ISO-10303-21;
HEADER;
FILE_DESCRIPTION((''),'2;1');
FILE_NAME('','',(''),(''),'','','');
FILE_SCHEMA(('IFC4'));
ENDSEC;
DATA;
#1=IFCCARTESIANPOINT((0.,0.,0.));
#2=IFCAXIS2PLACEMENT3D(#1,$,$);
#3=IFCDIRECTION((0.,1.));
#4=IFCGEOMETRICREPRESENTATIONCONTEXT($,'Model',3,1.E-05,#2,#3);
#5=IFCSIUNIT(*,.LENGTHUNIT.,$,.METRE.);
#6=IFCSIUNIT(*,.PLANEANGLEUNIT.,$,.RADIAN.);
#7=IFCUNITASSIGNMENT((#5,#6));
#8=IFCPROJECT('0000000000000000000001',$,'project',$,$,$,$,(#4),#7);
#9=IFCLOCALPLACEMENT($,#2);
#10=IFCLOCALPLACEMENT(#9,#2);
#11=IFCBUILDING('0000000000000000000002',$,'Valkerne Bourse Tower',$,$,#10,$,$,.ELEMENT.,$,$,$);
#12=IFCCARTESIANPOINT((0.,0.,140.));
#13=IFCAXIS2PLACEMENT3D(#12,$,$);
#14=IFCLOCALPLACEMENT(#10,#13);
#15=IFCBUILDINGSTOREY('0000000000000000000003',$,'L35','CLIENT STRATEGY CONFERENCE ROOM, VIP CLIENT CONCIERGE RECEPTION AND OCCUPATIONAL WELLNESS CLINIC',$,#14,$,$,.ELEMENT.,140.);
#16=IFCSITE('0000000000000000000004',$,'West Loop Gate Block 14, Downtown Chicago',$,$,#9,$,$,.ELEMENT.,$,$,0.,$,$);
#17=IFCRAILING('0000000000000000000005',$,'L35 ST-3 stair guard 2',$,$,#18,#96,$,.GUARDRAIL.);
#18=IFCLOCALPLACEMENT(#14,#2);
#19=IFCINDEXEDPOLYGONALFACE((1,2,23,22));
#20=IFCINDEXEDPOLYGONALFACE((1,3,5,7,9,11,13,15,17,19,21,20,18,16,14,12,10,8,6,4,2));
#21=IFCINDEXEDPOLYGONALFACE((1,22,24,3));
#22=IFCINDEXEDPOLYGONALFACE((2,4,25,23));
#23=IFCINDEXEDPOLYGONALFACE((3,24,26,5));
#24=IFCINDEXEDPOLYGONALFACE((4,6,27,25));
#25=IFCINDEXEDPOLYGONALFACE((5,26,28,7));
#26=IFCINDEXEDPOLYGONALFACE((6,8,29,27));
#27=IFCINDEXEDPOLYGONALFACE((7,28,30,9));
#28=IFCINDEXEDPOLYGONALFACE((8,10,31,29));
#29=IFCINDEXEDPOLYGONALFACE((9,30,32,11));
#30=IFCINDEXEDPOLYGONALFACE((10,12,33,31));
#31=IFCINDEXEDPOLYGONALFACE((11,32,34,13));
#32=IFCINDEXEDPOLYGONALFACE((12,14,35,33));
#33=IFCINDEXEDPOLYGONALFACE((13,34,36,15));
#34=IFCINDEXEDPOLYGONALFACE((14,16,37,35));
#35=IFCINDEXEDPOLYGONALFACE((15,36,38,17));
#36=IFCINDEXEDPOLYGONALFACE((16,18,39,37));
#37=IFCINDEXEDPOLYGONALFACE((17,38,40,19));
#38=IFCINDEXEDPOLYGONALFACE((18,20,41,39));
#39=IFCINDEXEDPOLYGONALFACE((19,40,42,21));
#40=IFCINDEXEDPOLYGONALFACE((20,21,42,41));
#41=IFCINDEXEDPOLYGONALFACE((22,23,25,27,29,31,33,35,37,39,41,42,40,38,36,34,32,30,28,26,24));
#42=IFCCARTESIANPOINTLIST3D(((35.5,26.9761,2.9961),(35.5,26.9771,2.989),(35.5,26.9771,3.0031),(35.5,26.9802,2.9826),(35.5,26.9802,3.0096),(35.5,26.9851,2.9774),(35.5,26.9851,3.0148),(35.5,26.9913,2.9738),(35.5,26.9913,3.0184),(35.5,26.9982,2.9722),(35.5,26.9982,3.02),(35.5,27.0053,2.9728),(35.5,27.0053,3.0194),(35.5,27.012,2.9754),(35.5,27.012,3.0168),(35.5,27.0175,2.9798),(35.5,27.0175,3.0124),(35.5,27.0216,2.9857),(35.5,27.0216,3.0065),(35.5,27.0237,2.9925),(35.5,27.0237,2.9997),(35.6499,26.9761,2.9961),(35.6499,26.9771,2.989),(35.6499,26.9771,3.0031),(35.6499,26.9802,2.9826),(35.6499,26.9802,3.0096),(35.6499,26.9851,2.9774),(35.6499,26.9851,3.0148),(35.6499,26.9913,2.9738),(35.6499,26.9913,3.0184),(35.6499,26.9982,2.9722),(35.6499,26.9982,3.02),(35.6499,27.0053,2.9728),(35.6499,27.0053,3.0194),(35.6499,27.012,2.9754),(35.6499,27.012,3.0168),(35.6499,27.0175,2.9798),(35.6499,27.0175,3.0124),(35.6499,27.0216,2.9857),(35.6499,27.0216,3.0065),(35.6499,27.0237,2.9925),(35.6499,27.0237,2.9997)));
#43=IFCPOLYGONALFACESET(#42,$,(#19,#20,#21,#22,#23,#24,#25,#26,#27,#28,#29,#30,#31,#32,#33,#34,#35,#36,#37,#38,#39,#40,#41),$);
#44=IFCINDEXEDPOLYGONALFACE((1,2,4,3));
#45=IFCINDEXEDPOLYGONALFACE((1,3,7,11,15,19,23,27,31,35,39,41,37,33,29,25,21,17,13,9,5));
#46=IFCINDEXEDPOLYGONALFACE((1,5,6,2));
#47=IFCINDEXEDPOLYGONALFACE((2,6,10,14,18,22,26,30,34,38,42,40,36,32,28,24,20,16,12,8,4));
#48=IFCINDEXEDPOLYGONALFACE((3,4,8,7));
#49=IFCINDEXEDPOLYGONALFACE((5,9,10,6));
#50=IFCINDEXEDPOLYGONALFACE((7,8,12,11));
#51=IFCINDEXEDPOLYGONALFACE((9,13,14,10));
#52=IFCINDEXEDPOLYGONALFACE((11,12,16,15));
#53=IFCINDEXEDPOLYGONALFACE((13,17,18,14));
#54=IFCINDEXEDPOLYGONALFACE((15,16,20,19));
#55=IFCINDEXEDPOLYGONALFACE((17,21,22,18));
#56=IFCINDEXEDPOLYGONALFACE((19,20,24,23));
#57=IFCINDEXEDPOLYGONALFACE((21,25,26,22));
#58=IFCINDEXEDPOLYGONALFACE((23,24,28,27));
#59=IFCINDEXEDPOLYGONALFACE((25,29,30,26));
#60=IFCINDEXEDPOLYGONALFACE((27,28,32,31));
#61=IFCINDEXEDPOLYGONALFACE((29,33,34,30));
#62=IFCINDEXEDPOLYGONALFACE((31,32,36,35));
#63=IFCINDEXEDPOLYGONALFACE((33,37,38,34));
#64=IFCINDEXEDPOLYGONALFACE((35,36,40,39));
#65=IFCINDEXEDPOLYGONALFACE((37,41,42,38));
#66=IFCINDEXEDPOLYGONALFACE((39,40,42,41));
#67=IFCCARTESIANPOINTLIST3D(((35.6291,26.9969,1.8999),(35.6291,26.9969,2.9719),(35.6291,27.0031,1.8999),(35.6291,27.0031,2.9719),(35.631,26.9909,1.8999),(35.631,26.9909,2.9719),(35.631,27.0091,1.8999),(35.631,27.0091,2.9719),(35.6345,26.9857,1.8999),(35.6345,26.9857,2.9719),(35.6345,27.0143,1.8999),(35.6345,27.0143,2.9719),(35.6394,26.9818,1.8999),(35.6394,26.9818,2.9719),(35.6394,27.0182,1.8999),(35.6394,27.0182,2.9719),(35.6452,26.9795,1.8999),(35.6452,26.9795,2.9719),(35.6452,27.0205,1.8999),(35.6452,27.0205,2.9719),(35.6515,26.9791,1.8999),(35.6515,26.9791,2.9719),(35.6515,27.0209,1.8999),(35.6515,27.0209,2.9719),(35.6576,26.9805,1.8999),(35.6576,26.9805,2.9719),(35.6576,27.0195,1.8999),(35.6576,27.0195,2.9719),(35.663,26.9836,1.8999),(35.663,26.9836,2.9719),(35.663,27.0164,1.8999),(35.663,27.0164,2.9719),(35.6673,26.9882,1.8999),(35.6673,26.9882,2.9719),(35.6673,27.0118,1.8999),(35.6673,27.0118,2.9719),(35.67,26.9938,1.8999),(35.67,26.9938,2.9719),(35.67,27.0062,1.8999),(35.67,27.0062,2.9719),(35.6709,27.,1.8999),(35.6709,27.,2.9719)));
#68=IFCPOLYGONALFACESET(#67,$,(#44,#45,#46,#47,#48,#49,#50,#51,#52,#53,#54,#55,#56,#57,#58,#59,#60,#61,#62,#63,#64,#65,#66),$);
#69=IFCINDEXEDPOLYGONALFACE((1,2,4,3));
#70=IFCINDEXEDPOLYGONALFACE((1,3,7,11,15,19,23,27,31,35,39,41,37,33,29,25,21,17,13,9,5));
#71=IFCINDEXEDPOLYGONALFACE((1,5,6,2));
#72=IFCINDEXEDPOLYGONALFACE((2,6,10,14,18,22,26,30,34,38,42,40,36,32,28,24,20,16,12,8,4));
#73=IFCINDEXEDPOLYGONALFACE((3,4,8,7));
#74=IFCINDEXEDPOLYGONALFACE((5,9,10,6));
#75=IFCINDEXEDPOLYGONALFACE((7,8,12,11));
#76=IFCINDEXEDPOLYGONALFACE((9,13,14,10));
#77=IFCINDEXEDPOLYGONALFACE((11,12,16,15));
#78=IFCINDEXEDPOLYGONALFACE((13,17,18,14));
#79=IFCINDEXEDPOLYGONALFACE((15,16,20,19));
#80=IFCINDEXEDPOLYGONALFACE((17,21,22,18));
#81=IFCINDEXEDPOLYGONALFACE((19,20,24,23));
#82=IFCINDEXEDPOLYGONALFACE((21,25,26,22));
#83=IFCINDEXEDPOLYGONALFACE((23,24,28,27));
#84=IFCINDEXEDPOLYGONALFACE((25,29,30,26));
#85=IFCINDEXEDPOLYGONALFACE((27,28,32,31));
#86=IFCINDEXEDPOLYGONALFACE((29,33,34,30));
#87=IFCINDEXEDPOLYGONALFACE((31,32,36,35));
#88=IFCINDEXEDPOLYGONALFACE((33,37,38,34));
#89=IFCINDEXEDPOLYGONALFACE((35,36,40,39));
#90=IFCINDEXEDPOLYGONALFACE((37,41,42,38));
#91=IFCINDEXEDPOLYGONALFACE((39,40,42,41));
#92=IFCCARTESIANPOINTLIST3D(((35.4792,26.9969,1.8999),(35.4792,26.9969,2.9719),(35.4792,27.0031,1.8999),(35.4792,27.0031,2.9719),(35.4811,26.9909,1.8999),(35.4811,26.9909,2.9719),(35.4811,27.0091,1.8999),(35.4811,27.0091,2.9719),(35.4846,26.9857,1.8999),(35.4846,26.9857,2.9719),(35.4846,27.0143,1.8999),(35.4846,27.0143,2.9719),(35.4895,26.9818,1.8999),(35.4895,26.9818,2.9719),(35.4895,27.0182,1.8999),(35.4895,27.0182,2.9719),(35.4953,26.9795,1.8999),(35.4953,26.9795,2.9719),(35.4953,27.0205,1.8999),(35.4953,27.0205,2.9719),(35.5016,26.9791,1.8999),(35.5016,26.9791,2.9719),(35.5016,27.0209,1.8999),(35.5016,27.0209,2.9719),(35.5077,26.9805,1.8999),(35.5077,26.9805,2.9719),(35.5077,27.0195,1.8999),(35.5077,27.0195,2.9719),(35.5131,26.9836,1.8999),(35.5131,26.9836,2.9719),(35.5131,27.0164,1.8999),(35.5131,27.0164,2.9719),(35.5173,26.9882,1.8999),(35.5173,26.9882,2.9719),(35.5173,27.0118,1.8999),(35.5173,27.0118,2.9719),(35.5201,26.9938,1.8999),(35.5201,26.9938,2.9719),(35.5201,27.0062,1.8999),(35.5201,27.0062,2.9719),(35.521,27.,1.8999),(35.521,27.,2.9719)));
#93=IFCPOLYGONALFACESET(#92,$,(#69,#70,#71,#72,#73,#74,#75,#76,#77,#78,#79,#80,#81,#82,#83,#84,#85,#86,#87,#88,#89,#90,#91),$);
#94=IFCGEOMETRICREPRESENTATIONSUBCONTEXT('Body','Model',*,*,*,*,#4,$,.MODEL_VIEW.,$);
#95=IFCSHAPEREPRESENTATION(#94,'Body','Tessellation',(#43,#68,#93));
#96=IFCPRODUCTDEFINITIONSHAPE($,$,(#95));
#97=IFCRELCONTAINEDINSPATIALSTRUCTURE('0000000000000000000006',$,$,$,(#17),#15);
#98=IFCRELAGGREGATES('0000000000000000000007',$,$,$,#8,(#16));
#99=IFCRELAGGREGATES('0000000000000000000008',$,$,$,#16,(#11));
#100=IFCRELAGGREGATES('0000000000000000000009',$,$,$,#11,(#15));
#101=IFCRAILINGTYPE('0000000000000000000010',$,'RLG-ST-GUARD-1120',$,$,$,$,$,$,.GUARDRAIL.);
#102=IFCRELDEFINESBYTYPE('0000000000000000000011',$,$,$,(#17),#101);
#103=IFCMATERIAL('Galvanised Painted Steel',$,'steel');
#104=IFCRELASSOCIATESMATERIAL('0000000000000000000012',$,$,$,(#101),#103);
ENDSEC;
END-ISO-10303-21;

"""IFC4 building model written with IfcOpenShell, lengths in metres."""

from ifc_helpers import new_model, si_unit, direction, frame, origin, origin_2d, place, context, subcontext, project, spatial, circle, extrude, material, type_object, element, save


model = new_model("IFC4")

# Units and contexts
model_context = context("Model", 3, precision=1e-05, world=origin(), true_north=direction((0.0, 1.0)))
body_context = subcontext(model_context, "Body", "Model", "MODEL_VIEW")
ifc_project = project(units=[si_unit("LENGTHUNIT", "METRE"), si_unit("PLANEANGLEUNIT", "RADIAN")], contexts=[model_context])

# Site, building, storey
site_placement = place(None, origin())
site = spatial("IfcSite", under=ifc_project, at=site_placement, Name="West Loop Gate Block 14, Downtown Chicago", CompositionType="ELEMENT", RefElevation=0.0)
building_placement = place(site_placement, origin())
building = spatial("IfcBuilding", under=site, at=building_placement, Name="Valkerne Bourse Tower", CompositionType="ELEMENT")
storey_placement = place(building_placement, frame((0.0, 0.0, 140.0)))
storey = spatial("IfcBuildingStorey", under=building, at=storey_placement, Name="L35", Description="CLIENT STRATEGY CONFERENCE ROOM, VIP CLIENT CONCIERGE RECEPTION AND OCCUPATIONAL WELLNESS CLINIC", CompositionType="ELEMENT", Elevation=140.0)

# Railing
ifc_material_1 = material(Name="Galvanised Painted Steel", Category="steel")
railing_type_1 = type_object("IfcRailingType", Name="RLG-ST-GUARD-1120", PredefinedType="GUARDRAIL", material=ifc_material_1)
railing_1_placement = place(storey_placement, frame((35.6499, 27.0, 1.8999)))
element("IfcRailing", 1, at=railing_1_placement, inside=storey, type_object=railing_type_1, Name="L35 ST-3 stair guard 2", PredefinedType="GUARDRAIL", context=body_context, shape_type="SweptSolid", body=[
    extrude(circle(Radius=0.0239, at=origin_2d()), frame((0.0, 0.0, 1.0962), z_axis=(-1.0, 0.0, 0.0), x_axis=(0.0, -1.0, 0.0)), (0.0, 0.0, 1.0), 0.1499),
    extrude(circle(Radius=0.021, at=origin_2d()), origin(), (0.0, 0.0, 1.0), 1.072),
    extrude(circle(Radius=0.021, at=origin_2d()), frame((-0.1499, 0.0, 0.0)), (0.0, 0.0, 1.0), 1.072),
])

save(model, "model.ifc")
